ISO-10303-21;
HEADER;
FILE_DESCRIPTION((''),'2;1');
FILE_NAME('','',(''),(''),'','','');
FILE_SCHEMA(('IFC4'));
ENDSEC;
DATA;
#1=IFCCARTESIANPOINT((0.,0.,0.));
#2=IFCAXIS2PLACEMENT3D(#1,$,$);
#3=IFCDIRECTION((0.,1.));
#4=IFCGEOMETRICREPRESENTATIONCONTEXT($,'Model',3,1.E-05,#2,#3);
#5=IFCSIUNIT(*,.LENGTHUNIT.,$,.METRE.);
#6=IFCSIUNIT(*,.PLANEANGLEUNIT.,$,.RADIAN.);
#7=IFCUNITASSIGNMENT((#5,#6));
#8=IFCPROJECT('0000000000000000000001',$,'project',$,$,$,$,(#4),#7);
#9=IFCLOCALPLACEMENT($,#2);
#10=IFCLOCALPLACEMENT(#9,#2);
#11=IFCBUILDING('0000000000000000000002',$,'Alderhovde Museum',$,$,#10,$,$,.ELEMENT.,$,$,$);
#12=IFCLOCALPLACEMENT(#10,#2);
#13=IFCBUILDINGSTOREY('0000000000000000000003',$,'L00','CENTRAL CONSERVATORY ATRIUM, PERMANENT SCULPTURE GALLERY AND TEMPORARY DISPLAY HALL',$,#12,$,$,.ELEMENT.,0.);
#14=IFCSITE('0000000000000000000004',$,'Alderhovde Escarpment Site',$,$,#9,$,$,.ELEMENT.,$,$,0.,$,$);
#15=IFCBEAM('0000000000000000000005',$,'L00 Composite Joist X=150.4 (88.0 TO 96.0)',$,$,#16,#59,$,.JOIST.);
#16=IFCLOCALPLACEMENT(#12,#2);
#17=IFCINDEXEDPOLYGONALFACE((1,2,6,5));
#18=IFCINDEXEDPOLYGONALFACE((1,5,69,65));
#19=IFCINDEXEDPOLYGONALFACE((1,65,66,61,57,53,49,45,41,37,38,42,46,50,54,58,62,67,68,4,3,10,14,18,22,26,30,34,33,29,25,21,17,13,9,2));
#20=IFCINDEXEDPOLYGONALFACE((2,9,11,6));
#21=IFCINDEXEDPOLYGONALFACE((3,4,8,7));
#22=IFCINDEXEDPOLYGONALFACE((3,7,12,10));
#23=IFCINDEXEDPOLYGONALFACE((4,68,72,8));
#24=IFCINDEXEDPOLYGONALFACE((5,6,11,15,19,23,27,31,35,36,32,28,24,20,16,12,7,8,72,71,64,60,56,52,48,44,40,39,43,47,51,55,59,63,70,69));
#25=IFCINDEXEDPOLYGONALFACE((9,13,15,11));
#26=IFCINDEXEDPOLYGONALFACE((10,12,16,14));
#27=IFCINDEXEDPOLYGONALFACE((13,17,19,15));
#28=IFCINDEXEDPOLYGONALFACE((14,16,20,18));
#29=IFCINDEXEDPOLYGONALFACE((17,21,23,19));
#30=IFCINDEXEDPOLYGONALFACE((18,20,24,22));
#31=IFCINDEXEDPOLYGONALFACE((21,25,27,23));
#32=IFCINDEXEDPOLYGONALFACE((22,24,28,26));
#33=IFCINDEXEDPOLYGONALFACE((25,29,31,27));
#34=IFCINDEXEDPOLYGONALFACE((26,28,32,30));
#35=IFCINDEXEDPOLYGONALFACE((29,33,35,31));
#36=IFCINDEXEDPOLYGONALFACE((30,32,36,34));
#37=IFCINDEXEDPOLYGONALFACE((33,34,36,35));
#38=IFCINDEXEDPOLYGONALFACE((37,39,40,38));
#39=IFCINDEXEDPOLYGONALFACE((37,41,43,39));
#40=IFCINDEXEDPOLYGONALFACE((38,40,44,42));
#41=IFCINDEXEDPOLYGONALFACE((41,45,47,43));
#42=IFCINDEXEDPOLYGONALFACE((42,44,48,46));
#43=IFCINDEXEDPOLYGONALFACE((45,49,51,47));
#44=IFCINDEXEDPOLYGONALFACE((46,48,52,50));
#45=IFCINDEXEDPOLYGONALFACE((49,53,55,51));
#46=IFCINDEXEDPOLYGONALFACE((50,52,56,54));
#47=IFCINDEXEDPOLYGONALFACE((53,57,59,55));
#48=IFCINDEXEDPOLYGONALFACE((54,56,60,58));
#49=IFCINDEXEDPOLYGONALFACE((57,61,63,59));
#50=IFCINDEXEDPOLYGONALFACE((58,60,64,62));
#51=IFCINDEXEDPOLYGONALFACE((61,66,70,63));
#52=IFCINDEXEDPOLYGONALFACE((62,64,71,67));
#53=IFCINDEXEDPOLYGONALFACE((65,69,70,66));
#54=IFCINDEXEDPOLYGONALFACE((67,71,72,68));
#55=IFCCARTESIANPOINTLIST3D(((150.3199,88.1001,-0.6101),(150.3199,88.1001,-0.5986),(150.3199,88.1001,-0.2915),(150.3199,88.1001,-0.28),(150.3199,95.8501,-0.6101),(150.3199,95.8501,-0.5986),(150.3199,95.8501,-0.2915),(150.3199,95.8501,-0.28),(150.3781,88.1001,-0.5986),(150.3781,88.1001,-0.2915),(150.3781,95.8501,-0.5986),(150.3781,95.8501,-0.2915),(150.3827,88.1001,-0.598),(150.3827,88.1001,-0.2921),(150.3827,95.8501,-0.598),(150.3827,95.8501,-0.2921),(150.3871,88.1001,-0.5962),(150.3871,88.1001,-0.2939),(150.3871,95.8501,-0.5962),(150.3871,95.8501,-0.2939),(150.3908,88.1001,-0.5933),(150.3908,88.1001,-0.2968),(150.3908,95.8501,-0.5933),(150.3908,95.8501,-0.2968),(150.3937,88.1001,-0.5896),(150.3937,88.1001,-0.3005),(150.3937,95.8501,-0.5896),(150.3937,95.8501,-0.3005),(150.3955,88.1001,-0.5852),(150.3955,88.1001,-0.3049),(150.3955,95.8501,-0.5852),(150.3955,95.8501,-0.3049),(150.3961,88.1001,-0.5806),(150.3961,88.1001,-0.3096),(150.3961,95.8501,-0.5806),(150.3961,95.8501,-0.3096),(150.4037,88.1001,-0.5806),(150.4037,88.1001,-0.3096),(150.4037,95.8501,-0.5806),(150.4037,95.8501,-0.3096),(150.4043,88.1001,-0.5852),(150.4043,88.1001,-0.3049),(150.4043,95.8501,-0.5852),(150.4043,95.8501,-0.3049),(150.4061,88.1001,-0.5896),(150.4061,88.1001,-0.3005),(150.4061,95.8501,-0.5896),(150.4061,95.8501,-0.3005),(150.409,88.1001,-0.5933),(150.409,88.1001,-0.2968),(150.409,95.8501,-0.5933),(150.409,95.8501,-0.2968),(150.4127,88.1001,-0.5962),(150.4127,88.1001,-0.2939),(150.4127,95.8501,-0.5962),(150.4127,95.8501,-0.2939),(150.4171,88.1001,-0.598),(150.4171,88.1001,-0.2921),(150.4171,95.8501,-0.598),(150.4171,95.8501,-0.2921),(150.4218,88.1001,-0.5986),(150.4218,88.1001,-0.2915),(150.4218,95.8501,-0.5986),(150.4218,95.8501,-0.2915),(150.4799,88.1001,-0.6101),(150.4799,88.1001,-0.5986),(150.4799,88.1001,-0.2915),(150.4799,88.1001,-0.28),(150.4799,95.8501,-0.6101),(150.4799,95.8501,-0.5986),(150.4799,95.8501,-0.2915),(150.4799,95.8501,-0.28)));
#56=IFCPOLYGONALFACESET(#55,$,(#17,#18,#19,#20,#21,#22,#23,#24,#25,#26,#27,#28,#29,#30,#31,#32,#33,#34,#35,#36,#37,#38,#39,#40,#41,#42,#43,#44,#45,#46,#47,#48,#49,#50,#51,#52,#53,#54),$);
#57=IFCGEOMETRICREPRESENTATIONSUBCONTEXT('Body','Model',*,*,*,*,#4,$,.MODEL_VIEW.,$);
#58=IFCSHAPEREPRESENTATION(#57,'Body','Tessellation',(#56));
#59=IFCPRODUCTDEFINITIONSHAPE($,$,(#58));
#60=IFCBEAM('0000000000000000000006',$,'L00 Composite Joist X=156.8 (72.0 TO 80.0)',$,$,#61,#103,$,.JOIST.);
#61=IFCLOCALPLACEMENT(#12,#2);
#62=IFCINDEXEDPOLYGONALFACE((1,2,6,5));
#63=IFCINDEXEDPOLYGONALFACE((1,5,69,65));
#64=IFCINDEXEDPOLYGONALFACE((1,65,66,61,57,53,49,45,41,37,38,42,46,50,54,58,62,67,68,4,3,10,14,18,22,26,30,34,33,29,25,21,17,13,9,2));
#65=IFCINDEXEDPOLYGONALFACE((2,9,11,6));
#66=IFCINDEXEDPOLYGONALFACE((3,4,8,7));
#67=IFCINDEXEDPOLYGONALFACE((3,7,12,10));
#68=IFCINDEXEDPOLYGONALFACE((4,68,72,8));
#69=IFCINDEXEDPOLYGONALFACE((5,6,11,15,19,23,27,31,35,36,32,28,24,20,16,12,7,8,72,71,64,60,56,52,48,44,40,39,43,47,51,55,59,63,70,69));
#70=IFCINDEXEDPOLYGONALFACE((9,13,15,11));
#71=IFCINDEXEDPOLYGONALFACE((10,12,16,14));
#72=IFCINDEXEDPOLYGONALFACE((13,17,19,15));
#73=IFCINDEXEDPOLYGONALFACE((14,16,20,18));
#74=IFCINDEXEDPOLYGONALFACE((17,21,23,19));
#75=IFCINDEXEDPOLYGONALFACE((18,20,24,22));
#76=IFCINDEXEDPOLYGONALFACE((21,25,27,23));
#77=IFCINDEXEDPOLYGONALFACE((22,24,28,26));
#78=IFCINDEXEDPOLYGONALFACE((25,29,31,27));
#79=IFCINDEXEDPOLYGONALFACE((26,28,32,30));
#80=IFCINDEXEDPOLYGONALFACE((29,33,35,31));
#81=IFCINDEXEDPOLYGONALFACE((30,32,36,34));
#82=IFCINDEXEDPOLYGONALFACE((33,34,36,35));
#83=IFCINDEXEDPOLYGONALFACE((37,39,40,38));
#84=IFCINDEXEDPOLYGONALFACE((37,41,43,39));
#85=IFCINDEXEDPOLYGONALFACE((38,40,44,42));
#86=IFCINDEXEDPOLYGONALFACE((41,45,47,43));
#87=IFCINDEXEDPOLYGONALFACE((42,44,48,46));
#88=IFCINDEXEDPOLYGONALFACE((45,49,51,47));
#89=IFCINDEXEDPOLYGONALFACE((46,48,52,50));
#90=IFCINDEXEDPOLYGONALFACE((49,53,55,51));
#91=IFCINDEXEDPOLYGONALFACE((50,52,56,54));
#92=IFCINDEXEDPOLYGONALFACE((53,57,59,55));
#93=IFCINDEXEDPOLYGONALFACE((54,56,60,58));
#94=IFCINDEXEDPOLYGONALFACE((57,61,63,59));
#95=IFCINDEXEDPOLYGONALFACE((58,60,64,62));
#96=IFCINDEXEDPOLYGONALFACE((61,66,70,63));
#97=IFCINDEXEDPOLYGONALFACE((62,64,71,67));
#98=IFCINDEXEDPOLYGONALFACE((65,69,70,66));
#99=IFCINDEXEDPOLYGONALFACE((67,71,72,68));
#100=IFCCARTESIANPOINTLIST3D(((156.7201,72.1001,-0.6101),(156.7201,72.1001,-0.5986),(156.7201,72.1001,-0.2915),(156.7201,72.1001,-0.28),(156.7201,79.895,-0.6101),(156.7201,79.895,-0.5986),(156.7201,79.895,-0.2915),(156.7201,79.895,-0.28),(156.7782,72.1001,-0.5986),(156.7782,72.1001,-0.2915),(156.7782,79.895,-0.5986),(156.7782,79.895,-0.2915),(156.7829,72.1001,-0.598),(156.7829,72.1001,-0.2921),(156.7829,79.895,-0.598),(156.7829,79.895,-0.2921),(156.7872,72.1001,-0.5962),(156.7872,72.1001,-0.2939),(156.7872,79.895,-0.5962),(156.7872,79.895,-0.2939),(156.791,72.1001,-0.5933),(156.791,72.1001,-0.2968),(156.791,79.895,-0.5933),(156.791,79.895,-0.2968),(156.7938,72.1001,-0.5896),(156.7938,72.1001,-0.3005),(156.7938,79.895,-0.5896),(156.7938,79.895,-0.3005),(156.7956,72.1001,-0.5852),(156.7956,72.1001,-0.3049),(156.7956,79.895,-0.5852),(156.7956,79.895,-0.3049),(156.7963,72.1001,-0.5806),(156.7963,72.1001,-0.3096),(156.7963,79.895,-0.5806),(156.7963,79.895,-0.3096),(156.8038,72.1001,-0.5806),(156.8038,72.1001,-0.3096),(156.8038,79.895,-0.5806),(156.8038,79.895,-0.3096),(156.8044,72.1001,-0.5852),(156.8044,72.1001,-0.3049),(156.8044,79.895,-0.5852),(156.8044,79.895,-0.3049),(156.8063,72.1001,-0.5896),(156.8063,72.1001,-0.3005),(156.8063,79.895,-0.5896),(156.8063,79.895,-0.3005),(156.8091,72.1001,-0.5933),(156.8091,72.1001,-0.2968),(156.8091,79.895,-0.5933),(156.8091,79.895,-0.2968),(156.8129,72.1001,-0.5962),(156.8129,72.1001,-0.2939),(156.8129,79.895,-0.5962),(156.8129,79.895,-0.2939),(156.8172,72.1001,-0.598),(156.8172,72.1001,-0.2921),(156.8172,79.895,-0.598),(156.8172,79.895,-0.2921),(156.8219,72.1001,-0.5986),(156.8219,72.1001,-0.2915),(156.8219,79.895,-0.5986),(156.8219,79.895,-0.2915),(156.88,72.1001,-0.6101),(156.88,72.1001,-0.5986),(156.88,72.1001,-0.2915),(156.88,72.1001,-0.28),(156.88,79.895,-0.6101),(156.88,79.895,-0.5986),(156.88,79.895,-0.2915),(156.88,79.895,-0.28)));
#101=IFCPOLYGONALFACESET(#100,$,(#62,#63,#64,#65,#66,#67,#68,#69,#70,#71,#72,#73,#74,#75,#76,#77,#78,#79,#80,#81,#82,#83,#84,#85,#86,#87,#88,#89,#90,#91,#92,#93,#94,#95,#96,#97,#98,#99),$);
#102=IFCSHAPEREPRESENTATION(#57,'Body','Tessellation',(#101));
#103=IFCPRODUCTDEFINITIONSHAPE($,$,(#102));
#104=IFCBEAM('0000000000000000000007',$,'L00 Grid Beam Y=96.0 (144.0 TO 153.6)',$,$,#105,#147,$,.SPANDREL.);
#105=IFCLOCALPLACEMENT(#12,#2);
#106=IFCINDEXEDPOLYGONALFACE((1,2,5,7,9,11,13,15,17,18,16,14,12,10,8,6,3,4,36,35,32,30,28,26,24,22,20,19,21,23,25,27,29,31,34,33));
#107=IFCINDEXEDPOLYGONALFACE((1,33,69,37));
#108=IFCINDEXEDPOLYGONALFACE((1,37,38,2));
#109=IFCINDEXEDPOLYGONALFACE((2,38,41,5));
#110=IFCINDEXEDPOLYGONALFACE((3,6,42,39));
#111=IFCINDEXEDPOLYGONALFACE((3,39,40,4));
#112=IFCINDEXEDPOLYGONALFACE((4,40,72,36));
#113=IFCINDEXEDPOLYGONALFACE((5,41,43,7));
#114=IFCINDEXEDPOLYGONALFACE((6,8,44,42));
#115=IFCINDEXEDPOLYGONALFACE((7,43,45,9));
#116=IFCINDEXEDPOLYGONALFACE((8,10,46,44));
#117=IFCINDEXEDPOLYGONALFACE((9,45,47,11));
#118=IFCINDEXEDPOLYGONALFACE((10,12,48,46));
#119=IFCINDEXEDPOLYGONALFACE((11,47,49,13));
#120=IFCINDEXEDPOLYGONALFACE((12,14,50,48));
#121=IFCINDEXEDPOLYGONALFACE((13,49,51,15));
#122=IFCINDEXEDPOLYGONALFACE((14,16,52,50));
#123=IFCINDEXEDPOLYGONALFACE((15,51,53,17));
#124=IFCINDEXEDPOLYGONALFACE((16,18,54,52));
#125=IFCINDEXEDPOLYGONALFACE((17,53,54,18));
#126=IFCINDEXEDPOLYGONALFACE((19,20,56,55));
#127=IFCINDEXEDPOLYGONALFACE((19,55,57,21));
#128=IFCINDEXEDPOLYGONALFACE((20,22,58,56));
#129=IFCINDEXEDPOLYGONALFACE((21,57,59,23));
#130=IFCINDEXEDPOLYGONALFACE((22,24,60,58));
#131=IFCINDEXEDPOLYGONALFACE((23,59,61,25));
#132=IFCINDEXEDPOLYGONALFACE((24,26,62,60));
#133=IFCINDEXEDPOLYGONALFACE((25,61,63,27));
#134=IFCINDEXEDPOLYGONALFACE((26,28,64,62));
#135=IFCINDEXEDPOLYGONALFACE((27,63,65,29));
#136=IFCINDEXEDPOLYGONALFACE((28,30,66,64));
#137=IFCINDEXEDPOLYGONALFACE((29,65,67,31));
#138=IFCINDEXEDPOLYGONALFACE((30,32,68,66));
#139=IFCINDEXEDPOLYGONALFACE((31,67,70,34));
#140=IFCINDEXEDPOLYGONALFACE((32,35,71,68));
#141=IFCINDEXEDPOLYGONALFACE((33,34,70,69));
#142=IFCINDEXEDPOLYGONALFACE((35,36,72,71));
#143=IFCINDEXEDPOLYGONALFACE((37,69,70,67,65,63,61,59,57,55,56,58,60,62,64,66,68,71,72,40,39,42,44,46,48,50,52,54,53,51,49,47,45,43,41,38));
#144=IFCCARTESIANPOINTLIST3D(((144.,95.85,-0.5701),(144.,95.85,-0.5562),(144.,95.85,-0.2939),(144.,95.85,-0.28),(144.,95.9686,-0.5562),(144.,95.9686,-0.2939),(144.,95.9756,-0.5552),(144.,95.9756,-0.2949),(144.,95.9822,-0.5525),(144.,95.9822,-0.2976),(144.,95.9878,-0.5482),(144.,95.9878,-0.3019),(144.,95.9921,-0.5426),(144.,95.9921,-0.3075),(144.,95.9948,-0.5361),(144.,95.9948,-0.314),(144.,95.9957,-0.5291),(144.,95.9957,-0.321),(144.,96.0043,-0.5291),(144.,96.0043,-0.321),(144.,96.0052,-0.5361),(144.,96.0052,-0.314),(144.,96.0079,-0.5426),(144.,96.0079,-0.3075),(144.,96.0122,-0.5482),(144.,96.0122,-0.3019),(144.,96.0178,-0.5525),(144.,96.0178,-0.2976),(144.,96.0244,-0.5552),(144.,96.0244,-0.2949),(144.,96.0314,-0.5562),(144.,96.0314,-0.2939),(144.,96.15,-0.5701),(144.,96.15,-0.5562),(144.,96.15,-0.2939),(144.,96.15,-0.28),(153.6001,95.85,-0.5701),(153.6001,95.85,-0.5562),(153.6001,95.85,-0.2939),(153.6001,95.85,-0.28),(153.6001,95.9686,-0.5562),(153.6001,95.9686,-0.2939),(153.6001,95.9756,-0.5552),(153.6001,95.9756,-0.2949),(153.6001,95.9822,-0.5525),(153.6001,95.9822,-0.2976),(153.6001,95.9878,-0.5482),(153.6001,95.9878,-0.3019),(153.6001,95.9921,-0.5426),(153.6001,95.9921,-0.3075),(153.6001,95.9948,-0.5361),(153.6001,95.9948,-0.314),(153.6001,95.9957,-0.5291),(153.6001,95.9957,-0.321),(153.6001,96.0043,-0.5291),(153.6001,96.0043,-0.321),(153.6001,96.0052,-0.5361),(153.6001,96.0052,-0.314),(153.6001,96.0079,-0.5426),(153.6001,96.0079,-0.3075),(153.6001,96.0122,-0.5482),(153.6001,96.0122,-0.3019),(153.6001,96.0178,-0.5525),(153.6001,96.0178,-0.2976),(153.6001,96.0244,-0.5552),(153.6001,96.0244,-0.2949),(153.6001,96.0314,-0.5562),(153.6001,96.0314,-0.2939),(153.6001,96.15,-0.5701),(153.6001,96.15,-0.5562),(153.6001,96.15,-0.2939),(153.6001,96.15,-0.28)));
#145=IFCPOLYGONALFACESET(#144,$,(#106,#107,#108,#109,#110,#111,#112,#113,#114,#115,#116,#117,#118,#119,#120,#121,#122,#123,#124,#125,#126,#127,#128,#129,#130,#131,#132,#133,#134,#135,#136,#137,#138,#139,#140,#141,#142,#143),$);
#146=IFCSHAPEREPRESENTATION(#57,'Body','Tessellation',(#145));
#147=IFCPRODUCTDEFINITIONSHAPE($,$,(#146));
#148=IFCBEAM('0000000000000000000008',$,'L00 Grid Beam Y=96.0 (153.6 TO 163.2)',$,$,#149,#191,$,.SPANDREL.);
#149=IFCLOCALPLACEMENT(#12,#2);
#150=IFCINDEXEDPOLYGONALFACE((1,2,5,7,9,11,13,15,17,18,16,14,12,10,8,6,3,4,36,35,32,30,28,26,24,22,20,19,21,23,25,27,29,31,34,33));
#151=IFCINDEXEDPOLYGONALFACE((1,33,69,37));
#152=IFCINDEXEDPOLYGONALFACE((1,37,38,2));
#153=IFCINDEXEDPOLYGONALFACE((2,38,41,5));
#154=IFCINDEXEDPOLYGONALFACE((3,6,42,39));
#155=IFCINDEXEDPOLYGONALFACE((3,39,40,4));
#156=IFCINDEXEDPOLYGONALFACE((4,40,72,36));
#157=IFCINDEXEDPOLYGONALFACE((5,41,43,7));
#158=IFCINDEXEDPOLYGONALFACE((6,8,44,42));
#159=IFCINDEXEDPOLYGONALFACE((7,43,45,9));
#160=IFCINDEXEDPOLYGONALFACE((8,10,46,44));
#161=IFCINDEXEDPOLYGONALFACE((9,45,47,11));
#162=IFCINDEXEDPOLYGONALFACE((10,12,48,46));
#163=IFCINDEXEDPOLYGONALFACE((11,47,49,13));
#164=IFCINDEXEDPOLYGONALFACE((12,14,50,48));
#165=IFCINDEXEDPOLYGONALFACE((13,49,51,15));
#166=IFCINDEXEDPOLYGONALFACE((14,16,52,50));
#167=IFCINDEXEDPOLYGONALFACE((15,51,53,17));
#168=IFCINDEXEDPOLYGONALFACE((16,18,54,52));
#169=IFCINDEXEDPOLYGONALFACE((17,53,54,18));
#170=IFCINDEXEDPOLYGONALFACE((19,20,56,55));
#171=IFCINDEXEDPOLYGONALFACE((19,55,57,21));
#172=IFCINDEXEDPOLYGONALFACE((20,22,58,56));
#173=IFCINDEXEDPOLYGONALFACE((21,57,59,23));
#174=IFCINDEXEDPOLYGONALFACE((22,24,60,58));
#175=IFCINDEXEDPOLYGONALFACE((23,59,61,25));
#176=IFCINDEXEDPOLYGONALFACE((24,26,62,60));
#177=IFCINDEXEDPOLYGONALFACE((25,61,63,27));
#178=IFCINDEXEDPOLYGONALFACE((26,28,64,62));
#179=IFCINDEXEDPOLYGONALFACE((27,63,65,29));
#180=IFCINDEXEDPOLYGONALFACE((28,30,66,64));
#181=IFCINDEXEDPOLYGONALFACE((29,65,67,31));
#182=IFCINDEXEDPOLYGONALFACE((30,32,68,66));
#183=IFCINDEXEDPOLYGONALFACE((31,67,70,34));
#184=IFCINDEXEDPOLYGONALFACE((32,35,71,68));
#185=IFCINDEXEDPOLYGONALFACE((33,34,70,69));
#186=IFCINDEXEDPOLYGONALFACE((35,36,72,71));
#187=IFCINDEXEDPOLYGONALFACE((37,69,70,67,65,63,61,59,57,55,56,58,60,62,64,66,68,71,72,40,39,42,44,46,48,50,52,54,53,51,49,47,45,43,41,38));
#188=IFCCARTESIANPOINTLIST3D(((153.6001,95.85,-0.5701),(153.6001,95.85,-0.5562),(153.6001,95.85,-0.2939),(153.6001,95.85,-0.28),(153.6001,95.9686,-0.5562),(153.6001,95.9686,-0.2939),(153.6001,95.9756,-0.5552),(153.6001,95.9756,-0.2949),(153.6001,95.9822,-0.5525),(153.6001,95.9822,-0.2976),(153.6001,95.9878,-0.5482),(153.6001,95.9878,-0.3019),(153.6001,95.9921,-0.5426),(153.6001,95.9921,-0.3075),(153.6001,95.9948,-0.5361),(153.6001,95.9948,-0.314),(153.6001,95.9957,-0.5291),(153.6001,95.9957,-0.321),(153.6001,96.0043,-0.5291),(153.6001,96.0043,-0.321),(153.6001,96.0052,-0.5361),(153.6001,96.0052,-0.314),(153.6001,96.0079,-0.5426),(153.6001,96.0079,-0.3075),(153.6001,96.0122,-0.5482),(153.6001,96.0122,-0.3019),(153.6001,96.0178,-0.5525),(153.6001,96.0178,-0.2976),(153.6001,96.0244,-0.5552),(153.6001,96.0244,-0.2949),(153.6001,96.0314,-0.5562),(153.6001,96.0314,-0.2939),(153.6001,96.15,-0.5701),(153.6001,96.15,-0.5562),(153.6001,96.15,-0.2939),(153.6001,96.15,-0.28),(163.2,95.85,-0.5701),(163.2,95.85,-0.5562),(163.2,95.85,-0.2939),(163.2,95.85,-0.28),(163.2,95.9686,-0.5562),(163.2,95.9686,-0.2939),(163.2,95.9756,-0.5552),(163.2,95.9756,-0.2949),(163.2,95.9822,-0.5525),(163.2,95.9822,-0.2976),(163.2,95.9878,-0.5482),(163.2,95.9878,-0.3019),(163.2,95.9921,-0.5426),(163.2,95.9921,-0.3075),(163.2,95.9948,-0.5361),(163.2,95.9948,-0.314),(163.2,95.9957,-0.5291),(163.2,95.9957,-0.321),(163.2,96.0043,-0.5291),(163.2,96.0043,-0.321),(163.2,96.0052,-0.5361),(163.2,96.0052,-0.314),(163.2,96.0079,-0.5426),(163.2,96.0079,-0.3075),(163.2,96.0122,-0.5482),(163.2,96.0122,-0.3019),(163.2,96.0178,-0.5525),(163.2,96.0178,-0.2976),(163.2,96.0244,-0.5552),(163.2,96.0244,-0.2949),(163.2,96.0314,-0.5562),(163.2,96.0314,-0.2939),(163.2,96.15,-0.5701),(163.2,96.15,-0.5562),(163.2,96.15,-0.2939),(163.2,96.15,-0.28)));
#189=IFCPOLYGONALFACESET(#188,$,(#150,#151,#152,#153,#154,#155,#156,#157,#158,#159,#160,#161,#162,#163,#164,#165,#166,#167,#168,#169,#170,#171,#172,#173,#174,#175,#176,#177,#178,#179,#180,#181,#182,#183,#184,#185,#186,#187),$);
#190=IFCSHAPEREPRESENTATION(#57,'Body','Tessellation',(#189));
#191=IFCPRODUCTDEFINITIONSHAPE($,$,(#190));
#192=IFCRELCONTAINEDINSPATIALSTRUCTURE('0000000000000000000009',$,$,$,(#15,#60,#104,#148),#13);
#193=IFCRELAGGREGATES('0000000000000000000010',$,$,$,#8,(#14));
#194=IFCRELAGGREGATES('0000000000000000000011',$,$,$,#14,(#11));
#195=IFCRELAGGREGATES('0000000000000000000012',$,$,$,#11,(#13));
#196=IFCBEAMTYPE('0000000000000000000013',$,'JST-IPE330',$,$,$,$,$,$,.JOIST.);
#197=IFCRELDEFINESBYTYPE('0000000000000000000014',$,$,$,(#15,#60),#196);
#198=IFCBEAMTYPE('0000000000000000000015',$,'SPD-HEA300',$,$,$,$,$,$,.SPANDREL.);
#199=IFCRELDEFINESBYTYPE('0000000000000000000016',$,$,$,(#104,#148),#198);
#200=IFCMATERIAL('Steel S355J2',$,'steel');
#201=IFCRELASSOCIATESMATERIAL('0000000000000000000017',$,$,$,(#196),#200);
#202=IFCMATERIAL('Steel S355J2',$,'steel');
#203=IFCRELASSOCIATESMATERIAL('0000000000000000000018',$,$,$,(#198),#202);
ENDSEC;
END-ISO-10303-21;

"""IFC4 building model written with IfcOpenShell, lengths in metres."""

from ifc_helpers import new_model, si_unit, direction, frame, origin, origin_2d, place, context, subcontext, project, spatial, i_section, extrude, material, material_profile, profile_set, type_object, element, save


model = new_model("IFC4")

# Units and contexts
model_context = context("Model", 3, precision=1e-05, world=origin(), true_north=direction((0.0, 1.0)))
body_context = subcontext(model_context, "Body", "Model", "MODEL_VIEW")
ifc_project = project(units=[si_unit("LENGTHUNIT", "METRE"), si_unit("PLANEANGLEUNIT", "RADIAN")], contexts=[model_context])

# Site, building, storey
site_placement = place(None, origin())
site = spatial("IfcSite", under=ifc_project, at=site_placement, Name="Alderhovde Escarpment Site", CompositionType="ELEMENT", RefElevation=0.0)
building_placement = place(site_placement, origin())
building = spatial("IfcBuilding", under=site, at=building_placement, Name="Alderhovde Museum", CompositionType="ELEMENT")
storey_placement = place(building_placement, origin())
storey = spatial("IfcBuildingStorey", under=building, at=storey_placement, Name="L00", Description="CENTRAL CONSERVATORY ATRIUM, PERMANENT SCULPTURE GALLERY AND TEMPORARY DISPLAY HALL", CompositionType="ELEMENT", Elevation=0.0)

# Beams
ifc_material_1 = material(Name="Steel S355J2", Category="steel")
ifc_material_profile_1 = material_profile(ifc_material_1, i_section(OverallWidth=0.1599, OverallDepth=0.3301, WebThickness=0.0076, FlangeThickness=0.0115, FilletRadius=0.0181, at=origin_2d()), Name="IPE 330")
ifc_profile_set_1 = profile_set([ifc_material_profile_1], Name="Steel S355J2")
beam_type_1 = type_object("IfcBeamType", Name="JST-IPE330", PredefinedType="JOIST", material=ifc_profile_set_1)
for number, where, z_axis, x_axis, name in (
    (1, (150.3999, 88.1001, -0.4451), (0.0, 1.0, 0.0), (-1.0, 0.0, 0.0), "L00 Composite Joist X=150.4 (88.0 TO 96.0)"),
):
    element("IfcBeam", number, at=place(storey_placement, frame(where, z_axis=z_axis, x_axis=x_axis)), inside=storey, type_object=beam_type_1, Name=name, PredefinedType="JOIST", context=body_context, shape_type="SweptSolid", body=[
        extrude(i_section(OverallWidth=0.1599, OverallDepth=0.3301, WebThickness=0.0076, FlangeThickness=0.0115, FilletRadius=0.0181, at=origin_2d()), origin(), (0.0, 0.0, 1.0), 7.75),
    ])
beam_1_placement = place(storey_placement, frame((156.8, 72.1001, -0.4451), z_axis=(0.0, 1.0, 0.0), x_axis=(-1.0, 0.0, 0.0)))
element("IfcBeam", 2, at=beam_1_placement, inside=storey, type_object=beam_type_1, Name="L00 Composite Joist X=156.8 (72.0 TO 80.0)", PredefinedType="JOIST", context=body_context, shape_type="SweptSolid", body=[
    extrude(i_section(OverallWidth=0.1599, OverallDepth=0.3301, WebThickness=0.0076, FlangeThickness=0.0115, FilletRadius=0.0181, at=origin_2d()), origin(), (0.0, 0.0, 1.0), 7.7949),
])
ifc_material_2 = material(Name="Steel S355J2", Category="steel")
ifc_material_profile_2 = material_profile(ifc_material_2, i_section(OverallWidth=0.3, OverallDepth=0.29, WebThickness=0.0085, FlangeThickness=0.0139, FilletRadius=0.0271, at=origin_2d()), Name="HEA 300")
ifc_profile_set_2 = profile_set([ifc_material_profile_2], Name="Steel S355J2")
beam_type_2 = type_object("IfcBeamType", Name="SPD-HEA300", PredefinedType="SPANDREL", material=ifc_profile_set_2)
beam_2_placement = place(storey_placement, frame((144.0, 96.0, -0.425), z_axis=(1.0, 0.0, 0.0), x_axis=(0.0, 1.0, 0.0)))
element("IfcBeam", 3, at=beam_2_placement, inside=storey, type_object=beam_type_2, Name="L00 Grid Beam Y=96.0 (144.0 TO 153.6)", PredefinedType="SPANDREL", context=body_context, shape_type="SweptSolid", body=[
    extrude(i_section(OverallWidth=0.3, OverallDepth=0.29, WebThickness=0.0085, FlangeThickness=0.0139, FilletRadius=0.0271, at=origin_2d()), origin(), (0.0, 0.0, 1.0), 9.6001),
])
beam_3_placement = place(storey_placement, frame((153.6001, 96.0, -0.425), z_axis=(1.0, 0.0, 0.0), x_axis=(0.0, 1.0, 0.0)))
element("IfcBeam", 4, at=beam_3_placement, inside=storey, type_object=beam_type_2, Name="L00 Grid Beam Y=96.0 (153.6 TO 163.2)", PredefinedType="SPANDREL", context=body_context, shape_type="SweptSolid", body=[
    extrude(i_section(OverallWidth=0.3, OverallDepth=0.29, WebThickness=0.0085, FlangeThickness=0.0139, FilletRadius=0.0271, at=origin_2d()), origin(), (0.0, 0.0, 1.0), 9.5999),
])

save(model, "model.ifc")
